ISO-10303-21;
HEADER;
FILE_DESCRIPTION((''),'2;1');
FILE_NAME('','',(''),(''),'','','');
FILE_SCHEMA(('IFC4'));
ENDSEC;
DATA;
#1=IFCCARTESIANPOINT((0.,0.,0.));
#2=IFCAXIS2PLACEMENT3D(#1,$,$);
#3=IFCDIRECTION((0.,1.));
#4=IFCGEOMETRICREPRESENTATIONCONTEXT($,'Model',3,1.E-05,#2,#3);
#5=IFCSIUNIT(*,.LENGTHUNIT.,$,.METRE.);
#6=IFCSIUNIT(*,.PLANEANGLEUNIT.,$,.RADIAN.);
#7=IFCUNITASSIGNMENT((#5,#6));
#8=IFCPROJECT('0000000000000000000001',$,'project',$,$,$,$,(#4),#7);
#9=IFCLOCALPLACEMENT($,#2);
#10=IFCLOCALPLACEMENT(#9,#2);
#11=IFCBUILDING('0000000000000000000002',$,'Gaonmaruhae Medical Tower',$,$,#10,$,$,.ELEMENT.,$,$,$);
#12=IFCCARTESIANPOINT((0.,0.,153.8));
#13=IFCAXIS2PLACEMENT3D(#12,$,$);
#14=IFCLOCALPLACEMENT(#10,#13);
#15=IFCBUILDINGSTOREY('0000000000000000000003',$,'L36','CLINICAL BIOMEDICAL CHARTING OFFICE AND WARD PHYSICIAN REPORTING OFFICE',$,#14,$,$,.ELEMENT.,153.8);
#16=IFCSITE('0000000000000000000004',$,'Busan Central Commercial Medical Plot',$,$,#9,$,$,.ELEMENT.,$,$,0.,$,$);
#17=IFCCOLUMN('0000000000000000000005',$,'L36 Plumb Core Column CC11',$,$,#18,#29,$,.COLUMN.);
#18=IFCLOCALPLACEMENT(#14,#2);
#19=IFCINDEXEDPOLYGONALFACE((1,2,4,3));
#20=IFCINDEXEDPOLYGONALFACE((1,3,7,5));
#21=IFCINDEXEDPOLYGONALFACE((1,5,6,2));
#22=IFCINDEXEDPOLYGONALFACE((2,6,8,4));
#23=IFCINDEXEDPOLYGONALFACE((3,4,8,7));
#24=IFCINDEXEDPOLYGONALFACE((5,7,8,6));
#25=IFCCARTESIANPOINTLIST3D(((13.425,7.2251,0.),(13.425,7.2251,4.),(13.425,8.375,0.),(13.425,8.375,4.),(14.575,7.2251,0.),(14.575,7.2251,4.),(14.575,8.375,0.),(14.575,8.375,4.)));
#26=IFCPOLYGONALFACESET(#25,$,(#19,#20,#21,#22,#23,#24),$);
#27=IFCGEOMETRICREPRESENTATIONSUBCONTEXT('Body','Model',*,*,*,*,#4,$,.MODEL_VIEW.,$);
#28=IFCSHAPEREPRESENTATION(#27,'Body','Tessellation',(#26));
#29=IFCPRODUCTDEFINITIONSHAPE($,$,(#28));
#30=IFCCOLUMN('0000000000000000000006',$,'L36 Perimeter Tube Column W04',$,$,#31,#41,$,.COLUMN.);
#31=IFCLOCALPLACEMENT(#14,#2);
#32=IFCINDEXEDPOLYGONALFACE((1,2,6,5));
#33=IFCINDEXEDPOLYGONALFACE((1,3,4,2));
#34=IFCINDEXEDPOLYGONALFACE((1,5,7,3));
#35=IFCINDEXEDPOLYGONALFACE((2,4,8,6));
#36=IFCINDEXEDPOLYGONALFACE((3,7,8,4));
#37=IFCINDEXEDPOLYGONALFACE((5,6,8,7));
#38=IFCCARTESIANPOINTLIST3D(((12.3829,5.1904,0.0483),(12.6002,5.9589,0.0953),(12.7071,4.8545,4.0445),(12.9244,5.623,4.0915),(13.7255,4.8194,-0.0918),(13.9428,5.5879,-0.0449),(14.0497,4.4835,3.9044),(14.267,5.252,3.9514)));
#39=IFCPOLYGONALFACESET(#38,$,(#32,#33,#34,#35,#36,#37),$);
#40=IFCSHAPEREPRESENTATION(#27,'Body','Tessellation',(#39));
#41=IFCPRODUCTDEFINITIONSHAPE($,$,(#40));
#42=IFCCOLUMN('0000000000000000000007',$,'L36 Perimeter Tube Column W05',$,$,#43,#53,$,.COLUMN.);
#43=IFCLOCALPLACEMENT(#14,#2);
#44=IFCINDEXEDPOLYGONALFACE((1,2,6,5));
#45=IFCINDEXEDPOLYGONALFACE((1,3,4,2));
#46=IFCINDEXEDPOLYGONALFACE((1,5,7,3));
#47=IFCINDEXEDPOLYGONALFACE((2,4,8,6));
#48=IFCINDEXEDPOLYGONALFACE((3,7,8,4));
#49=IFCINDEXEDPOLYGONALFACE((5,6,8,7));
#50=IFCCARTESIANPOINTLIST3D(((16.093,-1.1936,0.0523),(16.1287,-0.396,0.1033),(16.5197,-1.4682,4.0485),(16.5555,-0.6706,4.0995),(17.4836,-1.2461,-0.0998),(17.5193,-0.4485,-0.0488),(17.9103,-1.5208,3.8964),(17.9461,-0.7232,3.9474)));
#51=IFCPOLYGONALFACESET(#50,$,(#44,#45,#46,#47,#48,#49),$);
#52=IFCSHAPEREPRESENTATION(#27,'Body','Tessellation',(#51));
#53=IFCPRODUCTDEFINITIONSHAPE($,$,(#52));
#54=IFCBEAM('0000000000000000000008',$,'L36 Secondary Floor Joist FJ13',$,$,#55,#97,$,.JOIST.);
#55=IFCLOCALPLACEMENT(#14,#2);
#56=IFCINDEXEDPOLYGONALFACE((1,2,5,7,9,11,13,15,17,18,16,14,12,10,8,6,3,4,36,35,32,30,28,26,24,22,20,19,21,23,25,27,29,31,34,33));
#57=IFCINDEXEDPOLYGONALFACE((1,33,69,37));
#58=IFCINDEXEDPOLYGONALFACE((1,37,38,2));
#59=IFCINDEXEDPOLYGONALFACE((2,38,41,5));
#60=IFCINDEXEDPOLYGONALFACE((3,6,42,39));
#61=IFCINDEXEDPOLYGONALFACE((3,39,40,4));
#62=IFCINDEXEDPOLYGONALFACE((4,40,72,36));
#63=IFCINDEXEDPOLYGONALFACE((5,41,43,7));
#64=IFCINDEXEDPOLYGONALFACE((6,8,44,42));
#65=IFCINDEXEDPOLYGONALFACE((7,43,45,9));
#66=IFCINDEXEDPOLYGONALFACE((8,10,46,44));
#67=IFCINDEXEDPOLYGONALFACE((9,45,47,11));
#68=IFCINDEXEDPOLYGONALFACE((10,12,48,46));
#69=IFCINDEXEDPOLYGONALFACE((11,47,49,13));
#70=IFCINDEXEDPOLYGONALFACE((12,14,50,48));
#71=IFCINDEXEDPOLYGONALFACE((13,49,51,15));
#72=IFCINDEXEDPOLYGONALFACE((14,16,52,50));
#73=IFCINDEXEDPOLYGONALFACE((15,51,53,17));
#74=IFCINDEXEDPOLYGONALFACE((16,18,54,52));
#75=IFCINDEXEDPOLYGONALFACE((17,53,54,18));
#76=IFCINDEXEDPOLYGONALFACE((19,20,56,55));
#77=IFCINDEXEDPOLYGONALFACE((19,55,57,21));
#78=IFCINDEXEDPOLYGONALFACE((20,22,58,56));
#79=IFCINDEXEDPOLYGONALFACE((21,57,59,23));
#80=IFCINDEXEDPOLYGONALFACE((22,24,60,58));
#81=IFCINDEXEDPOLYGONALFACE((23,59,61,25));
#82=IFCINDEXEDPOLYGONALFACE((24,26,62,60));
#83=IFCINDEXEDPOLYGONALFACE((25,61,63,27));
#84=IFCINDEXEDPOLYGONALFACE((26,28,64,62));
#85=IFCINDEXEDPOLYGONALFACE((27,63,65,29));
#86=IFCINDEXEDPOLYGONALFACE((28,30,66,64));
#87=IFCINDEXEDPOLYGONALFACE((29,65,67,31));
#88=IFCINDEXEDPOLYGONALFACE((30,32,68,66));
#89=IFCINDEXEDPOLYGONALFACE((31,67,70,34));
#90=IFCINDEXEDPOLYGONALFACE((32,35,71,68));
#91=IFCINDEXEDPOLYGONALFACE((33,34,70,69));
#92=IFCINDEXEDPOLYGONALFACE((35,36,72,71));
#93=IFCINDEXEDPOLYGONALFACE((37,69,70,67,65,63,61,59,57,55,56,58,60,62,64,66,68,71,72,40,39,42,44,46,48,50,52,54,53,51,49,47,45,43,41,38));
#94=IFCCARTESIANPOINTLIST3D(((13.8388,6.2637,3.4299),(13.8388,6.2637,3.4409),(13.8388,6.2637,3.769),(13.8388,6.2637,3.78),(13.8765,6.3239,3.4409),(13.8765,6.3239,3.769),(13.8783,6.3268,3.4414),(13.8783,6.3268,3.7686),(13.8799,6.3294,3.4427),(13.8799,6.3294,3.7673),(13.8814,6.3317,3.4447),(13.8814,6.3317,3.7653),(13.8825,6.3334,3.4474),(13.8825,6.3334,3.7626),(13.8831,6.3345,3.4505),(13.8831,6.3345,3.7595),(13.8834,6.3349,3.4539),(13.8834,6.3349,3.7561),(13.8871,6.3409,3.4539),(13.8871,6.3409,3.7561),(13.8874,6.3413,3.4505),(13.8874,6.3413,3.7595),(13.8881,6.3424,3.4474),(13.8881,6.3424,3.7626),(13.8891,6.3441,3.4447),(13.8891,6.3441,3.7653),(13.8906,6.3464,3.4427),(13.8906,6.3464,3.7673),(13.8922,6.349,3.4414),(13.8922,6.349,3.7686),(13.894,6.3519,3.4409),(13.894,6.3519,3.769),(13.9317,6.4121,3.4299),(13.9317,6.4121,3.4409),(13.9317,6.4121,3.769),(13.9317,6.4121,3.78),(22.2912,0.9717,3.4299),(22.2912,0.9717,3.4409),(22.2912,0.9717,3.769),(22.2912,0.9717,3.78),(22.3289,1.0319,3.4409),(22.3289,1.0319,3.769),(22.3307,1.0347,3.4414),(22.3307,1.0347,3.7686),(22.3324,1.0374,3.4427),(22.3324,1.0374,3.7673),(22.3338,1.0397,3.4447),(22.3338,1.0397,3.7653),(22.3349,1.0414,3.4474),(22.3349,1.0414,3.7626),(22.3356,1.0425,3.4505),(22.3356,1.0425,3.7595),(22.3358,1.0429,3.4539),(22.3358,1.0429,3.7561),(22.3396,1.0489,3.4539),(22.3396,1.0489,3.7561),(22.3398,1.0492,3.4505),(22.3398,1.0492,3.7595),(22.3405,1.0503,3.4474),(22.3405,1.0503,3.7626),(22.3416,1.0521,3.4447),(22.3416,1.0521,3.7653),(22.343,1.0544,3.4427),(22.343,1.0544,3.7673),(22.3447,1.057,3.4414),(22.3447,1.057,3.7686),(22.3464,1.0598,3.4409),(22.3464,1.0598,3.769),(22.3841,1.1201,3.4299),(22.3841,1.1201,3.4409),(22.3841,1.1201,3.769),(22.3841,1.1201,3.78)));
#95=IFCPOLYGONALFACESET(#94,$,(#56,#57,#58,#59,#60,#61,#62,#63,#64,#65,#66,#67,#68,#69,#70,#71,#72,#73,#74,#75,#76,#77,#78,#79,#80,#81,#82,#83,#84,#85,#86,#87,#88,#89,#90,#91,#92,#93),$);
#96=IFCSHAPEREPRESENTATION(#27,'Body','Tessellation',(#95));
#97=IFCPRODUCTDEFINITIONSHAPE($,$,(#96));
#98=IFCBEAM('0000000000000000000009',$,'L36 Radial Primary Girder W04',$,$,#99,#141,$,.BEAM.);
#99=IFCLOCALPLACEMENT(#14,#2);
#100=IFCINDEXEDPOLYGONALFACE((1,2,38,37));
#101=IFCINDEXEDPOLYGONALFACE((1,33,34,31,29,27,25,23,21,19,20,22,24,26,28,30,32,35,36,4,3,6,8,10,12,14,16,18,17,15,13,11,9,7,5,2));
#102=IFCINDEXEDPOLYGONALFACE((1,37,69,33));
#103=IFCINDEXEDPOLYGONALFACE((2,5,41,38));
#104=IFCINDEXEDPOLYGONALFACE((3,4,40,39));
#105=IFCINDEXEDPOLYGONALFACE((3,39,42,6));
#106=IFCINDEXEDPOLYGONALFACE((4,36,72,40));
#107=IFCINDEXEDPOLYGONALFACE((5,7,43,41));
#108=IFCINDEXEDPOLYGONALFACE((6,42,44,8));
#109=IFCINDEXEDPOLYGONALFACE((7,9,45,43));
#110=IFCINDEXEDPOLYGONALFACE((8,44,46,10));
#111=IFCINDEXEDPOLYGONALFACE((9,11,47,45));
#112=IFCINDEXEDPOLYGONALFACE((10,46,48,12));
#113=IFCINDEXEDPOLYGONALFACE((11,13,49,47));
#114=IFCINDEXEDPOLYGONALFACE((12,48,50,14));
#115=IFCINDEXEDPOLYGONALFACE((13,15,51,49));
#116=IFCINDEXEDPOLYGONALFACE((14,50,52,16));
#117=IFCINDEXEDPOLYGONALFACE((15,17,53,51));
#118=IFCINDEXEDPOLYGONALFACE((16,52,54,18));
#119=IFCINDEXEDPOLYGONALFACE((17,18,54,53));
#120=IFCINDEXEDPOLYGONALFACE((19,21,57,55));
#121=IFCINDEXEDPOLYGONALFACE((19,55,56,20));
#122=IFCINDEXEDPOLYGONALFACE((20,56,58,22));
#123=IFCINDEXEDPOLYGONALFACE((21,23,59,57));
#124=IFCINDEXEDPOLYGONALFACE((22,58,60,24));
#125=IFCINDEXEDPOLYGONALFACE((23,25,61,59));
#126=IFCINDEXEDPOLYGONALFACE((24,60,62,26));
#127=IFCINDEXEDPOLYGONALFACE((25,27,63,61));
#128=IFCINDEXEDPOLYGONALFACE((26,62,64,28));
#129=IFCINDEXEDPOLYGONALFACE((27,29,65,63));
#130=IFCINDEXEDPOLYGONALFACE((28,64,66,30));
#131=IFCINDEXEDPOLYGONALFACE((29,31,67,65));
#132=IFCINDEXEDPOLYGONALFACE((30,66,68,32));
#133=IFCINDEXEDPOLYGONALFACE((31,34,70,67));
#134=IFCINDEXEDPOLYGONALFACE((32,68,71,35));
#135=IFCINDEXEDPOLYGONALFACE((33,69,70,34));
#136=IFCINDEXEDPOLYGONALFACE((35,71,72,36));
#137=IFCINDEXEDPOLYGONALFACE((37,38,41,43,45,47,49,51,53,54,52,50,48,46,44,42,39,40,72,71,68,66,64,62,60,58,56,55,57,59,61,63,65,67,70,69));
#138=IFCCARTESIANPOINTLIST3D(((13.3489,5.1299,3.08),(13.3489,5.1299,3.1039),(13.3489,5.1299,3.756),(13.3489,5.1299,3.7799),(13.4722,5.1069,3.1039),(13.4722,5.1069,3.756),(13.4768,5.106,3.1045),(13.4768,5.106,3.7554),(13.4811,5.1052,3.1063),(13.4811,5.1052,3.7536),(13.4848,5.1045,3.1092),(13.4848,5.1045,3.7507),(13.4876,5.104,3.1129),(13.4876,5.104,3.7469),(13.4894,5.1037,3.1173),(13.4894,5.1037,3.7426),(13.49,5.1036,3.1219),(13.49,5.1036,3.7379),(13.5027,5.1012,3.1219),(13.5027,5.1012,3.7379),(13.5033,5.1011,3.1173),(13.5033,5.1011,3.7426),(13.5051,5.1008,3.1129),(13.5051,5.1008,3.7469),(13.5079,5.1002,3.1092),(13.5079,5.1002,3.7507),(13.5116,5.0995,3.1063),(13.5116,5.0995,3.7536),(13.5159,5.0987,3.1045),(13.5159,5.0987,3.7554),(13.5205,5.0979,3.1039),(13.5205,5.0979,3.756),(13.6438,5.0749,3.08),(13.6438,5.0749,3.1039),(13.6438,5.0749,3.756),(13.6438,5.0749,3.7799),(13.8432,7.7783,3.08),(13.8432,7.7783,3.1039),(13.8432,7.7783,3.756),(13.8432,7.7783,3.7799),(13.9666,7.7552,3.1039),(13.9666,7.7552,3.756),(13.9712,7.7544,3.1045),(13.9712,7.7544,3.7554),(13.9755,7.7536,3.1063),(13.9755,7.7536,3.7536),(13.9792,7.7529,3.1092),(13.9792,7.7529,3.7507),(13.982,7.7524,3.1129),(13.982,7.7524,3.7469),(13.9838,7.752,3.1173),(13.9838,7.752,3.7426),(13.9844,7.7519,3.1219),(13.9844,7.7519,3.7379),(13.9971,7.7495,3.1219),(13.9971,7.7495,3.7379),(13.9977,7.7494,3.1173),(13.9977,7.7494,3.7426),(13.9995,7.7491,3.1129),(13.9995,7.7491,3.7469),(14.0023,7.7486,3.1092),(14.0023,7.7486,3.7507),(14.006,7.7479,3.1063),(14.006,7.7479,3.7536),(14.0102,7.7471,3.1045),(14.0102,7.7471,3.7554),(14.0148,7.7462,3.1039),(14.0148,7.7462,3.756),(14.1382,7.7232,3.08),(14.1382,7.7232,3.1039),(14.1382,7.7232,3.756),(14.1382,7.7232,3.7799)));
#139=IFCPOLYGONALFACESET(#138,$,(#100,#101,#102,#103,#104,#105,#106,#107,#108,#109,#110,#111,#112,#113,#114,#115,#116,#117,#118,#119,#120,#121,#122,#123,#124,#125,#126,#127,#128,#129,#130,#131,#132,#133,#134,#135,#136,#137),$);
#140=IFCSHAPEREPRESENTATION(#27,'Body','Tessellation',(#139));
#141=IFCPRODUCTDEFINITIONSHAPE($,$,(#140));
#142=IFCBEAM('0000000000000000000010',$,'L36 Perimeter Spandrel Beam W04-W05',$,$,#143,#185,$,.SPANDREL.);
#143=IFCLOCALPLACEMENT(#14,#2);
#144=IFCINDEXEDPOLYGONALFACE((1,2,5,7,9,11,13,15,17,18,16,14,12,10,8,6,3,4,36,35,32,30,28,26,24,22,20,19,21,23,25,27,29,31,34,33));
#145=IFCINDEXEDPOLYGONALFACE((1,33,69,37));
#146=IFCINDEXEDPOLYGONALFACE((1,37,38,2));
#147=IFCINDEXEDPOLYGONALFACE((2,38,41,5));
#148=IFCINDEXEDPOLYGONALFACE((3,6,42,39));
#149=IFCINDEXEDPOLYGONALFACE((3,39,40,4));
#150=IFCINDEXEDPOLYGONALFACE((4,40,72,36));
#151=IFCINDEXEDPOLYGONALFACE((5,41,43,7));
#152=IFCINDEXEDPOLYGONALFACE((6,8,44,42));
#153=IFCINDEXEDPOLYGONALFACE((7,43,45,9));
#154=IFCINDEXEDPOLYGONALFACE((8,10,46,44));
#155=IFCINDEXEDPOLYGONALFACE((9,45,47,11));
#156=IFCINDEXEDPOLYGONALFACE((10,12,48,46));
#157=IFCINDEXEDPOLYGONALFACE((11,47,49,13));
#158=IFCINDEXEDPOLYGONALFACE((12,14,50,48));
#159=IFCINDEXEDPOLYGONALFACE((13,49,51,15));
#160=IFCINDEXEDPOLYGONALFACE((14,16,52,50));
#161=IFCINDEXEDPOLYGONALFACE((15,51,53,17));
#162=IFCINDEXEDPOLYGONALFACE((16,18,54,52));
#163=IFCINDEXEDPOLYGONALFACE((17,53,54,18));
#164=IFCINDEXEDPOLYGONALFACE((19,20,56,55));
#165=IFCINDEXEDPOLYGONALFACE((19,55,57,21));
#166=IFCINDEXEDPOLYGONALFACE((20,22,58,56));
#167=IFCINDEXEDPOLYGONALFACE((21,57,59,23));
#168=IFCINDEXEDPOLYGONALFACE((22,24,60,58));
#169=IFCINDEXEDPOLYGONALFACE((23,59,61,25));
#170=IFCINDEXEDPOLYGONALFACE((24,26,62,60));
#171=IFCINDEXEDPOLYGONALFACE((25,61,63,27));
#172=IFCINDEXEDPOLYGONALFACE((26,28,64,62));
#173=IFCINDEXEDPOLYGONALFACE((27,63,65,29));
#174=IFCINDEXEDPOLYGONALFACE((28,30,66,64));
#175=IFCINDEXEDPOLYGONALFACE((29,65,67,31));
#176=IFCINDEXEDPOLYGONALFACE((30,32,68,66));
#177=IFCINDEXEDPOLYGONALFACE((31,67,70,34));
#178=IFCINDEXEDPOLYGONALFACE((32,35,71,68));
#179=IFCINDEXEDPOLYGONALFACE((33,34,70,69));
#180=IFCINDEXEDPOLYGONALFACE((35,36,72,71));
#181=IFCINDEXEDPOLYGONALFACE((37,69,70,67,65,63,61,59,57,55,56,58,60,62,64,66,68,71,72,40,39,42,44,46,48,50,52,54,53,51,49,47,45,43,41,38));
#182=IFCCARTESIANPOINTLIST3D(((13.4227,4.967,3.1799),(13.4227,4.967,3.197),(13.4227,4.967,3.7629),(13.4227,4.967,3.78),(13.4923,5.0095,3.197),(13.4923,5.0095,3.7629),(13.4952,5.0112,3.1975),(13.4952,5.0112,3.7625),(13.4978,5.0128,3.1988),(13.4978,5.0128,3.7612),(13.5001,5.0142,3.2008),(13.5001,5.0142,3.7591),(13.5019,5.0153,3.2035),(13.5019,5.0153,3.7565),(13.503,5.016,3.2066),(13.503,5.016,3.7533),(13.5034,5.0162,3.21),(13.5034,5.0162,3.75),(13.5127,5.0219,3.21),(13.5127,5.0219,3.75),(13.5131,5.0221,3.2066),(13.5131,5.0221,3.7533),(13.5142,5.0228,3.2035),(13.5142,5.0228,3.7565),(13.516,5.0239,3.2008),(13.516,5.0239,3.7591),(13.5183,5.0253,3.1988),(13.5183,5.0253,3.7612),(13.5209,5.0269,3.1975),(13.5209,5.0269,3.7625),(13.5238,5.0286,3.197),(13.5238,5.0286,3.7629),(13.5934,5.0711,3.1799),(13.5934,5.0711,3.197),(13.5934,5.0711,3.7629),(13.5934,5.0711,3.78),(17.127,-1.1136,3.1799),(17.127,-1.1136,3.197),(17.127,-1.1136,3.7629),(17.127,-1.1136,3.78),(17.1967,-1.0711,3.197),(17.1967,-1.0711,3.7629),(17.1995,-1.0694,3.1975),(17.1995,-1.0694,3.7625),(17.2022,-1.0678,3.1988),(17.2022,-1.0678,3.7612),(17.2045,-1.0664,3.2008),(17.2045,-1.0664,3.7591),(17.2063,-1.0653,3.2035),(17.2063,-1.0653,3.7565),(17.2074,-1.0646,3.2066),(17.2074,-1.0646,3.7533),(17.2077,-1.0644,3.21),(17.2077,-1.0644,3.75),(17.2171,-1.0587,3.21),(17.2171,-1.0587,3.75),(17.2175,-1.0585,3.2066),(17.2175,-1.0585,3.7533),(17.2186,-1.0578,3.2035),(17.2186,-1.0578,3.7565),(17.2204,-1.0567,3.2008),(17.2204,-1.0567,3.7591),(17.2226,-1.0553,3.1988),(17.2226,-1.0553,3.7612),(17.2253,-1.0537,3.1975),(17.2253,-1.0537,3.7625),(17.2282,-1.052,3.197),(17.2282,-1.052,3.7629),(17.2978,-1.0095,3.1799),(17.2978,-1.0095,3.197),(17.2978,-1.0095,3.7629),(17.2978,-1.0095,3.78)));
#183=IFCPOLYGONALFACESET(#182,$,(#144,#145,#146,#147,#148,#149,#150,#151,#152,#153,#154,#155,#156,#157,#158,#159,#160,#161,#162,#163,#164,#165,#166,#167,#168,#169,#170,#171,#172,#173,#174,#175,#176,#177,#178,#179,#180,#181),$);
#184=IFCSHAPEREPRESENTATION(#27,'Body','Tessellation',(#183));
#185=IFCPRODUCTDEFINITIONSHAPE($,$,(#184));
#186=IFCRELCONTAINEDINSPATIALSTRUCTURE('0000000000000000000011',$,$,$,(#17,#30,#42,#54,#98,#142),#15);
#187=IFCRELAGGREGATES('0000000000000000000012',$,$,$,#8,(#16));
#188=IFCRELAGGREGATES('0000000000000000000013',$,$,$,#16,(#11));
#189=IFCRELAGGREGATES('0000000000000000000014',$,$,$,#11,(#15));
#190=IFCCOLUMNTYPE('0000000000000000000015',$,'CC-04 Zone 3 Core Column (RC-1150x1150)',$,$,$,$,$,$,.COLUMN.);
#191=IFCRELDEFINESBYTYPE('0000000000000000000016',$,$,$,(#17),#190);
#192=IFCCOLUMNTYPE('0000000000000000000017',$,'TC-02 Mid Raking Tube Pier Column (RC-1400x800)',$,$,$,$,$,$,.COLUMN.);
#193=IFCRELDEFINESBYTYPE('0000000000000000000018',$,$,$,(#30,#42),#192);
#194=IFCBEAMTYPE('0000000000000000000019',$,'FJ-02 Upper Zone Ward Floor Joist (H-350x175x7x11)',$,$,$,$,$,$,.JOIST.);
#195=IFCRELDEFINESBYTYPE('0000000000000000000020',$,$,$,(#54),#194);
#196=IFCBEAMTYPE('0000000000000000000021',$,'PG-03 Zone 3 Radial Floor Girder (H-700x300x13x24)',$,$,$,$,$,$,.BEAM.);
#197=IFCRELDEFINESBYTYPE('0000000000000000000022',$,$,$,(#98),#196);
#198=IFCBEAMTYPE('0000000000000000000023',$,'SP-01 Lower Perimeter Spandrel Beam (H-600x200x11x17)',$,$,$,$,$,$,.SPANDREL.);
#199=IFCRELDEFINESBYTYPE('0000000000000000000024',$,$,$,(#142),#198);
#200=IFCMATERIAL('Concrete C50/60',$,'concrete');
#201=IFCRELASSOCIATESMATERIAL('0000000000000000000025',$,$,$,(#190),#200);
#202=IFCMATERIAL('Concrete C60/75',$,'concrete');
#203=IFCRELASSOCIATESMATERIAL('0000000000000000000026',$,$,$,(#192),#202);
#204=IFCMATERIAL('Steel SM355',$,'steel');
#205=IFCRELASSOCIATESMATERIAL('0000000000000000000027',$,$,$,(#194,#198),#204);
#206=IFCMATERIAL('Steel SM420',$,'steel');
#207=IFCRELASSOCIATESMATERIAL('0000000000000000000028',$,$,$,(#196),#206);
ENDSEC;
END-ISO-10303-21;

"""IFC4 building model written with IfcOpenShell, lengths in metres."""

from ifc_helpers import new_model, si_unit, direction, frame, origin, origin_2d, place, context, subcontext, project, spatial, rectangle, i_section, extrude, material, material_profile, profile_set, type_object, element, save


model = new_model("IFC4")

# Units and contexts
model_context = context("Model", 3, precision=1e-05, world=origin(), true_north=direction((0.0, 1.0)))
body_context = subcontext(model_context, "Body", "Model", "MODEL_VIEW")
ifc_project = project(units=[si_unit("LENGTHUNIT", "METRE"), si_unit("PLANEANGLEUNIT", "RADIAN")], contexts=[model_context])

# Site, building, storey
site_placement = place(None, origin())
site = spatial("IfcSite", under=ifc_project, at=site_placement, Name="Busan Central Commercial Medical Plot", CompositionType="ELEMENT", RefElevation=0.0)
building_placement = place(site_placement, origin())
building = spatial("IfcBuilding", under=site, at=building_placement, Name="Gaonmaruhae Medical Tower", CompositionType="ELEMENT")
storey_placement = place(building_placement, frame((0.0, 0.0, 153.8)))
storey = spatial("IfcBuildingStorey", under=building, at=storey_placement, Name="L36", Description="CLINICAL BIOMEDICAL CHARTING OFFICE AND WARD PHYSICIAN REPORTING OFFICE", CompositionType="ELEMENT", Elevation=153.8)

# Columns
ifc_material_1 = material(Name="Concrete C50/60", Category="concrete")
ifc_material_profile_1 = material_profile(ifc_material_1, rectangle(XDim=1.1499, YDim=1.1499, at=origin_2d()), Name="RC-1150x1150")
ifc_profile_set_1 = profile_set([ifc_material_profile_1], Name="Concrete C50/60")
column_type_1 = type_object("IfcColumnType", Name="CC-04 Zone 3 Core Column (RC-1150x1150)", PredefinedType="COLUMN", material=ifc_profile_set_1)
column_1_placement = place(storey_placement, frame((14.0, 7.8, 0.0), z_axis=(0.0, 0.0, 1.0), x_axis=(1.0, 0.0, 0.0)))
element("IfcColumn", 1, at=column_1_placement, inside=storey, type_object=column_type_1, Name="L36 Plumb Core Column CC11", PredefinedType="COLUMN", context=body_context, shape_type="SweptSolid", body=[
    extrude(rectangle(XDim=1.1499, YDim=1.1499, at=origin_2d()), origin(), (0.0, 0.0, 1.0), 4.0),
])
ifc_material_2 = material(Name="Concrete C60/75", Category="concrete")
ifc_material_profile_2 = material_profile(ifc_material_2, rectangle(XDim=1.3999, YDim=0.8, at=origin_2d()), Name="RC-1400x800")
ifc_profile_set_2 = profile_set([ifc_material_profile_2], Name="Concrete C60/75")
column_type_2 = type_object("IfcColumnType", Name="TC-02 Mid Raking Tube Pier Column (RC-1400x800)", PredefinedType="COLUMN", material=ifc_profile_set_2)
column_2_placement = place(storey_placement, frame((13.1628, 5.3892, 0.0017), z_axis=(0.080581, -0.083493, 0.993245), x_axis=(-0.959037, 0.265013, 0.100083)))
element("IfcColumn", 2, at=column_2_placement, inside=storey, type_object=column_type_2, Name="L36 Perimeter Tube Column W04", PredefinedType="COLUMN", context=body_context, shape_type="SweptSolid", body=[
    extrude(rectangle(XDim=1.3999, YDim=0.8, at=origin_2d()), origin(), (0.0, 0.0, 1.0), 4.0234),
])
column_3_placement = place(storey_placement, frame((16.8062, -0.821, 0.0017), z_axis=(0.105936, -0.06818, 0.992033), x_axis=(-0.99337, 0.037547, 0.10866)))
element("IfcColumn", 3, at=column_3_placement, inside=storey, type_object=column_type_2, Name="L36 Perimeter Tube Column W05", PredefinedType="COLUMN", context=body_context, shape_type="SweptSolid", body=[
    extrude(rectangle(XDim=1.3999, YDim=0.8, at=origin_2d()), origin(), (0.0, 0.0, 1.0), 4.0283),
])

# Beams
ifc_material_3 = material(Name="Steel SM355", Category="steel")
ifc_material_profile_3 = material_profile(ifc_material_3, i_section(OverallWidth=0.175, OverallDepth=0.3501, WebThickness=0.0071, FlangeThickness=0.011, FilletRadius=0.0129, at=origin_2d()), Name="H-350x175x7x11")
ifc_profile_set_3 = profile_set([ifc_material_profile_3], Name="Steel SM355")
beam_type_1 = type_object("IfcBeamType", Name="FJ-02 Upper Zone Ward Floor Joist (H-350x175x7x11)", PredefinedType="JOIST", material=ifc_profile_set_3)
beam_1_placement = place(storey_placement, frame((13.8853, 6.3379, 3.605), z_axis=(0.847581, -0.530666, 0.0), x_axis=(0.530666, 0.847581, 0.0)))
element("IfcBeam", 4, at=beam_1_placement, inside=storey, type_object=beam_type_1, Name="L36 Secondary Floor Joist FJ13", PredefinedType="JOIST", context=body_context, shape_type="SweptSolid", body=[
    extrude(i_section(OverallWidth=0.175, OverallDepth=0.3501, WebThickness=0.0071, FlangeThickness=0.011, FilletRadius=0.0129, at=origin_2d()), origin(), (0.0, 0.0, 1.0), 9.9724),
])
ifc_material_4 = material(Name="Steel SM420", Category="steel")
ifc_material_profile_4 = material_profile(ifc_material_4, i_section(OverallWidth=0.3, OverallDepth=0.7, WebThickness=0.0129, FlangeThickness=0.0239, FilletRadius=0.0181, at=origin_2d()), Name="H-700x300x13x24")
ifc_profile_set_4 = profile_set([ifc_material_profile_4], Name="Steel SM420")
beam_type_2 = type_object("IfcBeamType", Name="PG-03 Zone 3 Radial Floor Girder (H-700x300x13x24)", PredefinedType="BEAM", material=ifc_profile_set_4)
beam_2_placement = place(storey_placement, frame((13.9907, 7.7507, 3.4299), z_axis=(-0.183501, -0.98302, 0.0), x_axis=(0.98302, -0.183501, 0.0)))
element("IfcBeam", 5, at=beam_2_placement, inside=storey, type_object=beam_type_2, Name="L36 Radial Primary Girder W04", PredefinedType="BEAM", context=body_context, shape_type="SweptSolid", body=[
    extrude(i_section(OverallWidth=0.3, OverallDepth=0.7, WebThickness=0.0129, FlangeThickness=0.0239, FilletRadius=0.0181, at=origin_2d()), origin(), (0.0, 0.0, 1.0), 2.6941),
])
ifc_material_profile_5 = material_profile(ifc_material_3, i_section(OverallWidth=0.2, OverallDepth=0.6001, WebThickness=0.011, FlangeThickness=0.0171, FilletRadius=0.0129, at=origin_2d()), Name="H-600x200x11x17")
ifc_profile_set_5 = profile_set([ifc_material_profile_5], Name="Steel SM355")
beam_type_3 = type_object("IfcBeamType", Name="SP-01 Lower Perimeter Spandrel Beam (H-600x200x11x17)", PredefinedType="SPANDREL", material=ifc_profile_set_5)
beam_3_placement = place(storey_placement, frame((13.5081, 5.019, 3.48), z_axis=(0.520268, -0.854003, 0.0), x_axis=(0.854003, 0.520268, 0.0)))
element("IfcBeam", 6, at=beam_3_placement, inside=storey, type_object=beam_type_3, Name="L36 Perimeter Spandrel Beam W04-W05", PredefinedType="SPANDREL", context=body_context, shape_type="SweptSolid", body=[
    extrude(i_section(OverallWidth=0.2, OverallDepth=0.6001, WebThickness=0.011, FlangeThickness=0.0171, FilletRadius=0.0129, at=origin_2d()), origin(), (0.0, 0.0, 1.0), 7.1201),
])

save(model, "model.ifc")
